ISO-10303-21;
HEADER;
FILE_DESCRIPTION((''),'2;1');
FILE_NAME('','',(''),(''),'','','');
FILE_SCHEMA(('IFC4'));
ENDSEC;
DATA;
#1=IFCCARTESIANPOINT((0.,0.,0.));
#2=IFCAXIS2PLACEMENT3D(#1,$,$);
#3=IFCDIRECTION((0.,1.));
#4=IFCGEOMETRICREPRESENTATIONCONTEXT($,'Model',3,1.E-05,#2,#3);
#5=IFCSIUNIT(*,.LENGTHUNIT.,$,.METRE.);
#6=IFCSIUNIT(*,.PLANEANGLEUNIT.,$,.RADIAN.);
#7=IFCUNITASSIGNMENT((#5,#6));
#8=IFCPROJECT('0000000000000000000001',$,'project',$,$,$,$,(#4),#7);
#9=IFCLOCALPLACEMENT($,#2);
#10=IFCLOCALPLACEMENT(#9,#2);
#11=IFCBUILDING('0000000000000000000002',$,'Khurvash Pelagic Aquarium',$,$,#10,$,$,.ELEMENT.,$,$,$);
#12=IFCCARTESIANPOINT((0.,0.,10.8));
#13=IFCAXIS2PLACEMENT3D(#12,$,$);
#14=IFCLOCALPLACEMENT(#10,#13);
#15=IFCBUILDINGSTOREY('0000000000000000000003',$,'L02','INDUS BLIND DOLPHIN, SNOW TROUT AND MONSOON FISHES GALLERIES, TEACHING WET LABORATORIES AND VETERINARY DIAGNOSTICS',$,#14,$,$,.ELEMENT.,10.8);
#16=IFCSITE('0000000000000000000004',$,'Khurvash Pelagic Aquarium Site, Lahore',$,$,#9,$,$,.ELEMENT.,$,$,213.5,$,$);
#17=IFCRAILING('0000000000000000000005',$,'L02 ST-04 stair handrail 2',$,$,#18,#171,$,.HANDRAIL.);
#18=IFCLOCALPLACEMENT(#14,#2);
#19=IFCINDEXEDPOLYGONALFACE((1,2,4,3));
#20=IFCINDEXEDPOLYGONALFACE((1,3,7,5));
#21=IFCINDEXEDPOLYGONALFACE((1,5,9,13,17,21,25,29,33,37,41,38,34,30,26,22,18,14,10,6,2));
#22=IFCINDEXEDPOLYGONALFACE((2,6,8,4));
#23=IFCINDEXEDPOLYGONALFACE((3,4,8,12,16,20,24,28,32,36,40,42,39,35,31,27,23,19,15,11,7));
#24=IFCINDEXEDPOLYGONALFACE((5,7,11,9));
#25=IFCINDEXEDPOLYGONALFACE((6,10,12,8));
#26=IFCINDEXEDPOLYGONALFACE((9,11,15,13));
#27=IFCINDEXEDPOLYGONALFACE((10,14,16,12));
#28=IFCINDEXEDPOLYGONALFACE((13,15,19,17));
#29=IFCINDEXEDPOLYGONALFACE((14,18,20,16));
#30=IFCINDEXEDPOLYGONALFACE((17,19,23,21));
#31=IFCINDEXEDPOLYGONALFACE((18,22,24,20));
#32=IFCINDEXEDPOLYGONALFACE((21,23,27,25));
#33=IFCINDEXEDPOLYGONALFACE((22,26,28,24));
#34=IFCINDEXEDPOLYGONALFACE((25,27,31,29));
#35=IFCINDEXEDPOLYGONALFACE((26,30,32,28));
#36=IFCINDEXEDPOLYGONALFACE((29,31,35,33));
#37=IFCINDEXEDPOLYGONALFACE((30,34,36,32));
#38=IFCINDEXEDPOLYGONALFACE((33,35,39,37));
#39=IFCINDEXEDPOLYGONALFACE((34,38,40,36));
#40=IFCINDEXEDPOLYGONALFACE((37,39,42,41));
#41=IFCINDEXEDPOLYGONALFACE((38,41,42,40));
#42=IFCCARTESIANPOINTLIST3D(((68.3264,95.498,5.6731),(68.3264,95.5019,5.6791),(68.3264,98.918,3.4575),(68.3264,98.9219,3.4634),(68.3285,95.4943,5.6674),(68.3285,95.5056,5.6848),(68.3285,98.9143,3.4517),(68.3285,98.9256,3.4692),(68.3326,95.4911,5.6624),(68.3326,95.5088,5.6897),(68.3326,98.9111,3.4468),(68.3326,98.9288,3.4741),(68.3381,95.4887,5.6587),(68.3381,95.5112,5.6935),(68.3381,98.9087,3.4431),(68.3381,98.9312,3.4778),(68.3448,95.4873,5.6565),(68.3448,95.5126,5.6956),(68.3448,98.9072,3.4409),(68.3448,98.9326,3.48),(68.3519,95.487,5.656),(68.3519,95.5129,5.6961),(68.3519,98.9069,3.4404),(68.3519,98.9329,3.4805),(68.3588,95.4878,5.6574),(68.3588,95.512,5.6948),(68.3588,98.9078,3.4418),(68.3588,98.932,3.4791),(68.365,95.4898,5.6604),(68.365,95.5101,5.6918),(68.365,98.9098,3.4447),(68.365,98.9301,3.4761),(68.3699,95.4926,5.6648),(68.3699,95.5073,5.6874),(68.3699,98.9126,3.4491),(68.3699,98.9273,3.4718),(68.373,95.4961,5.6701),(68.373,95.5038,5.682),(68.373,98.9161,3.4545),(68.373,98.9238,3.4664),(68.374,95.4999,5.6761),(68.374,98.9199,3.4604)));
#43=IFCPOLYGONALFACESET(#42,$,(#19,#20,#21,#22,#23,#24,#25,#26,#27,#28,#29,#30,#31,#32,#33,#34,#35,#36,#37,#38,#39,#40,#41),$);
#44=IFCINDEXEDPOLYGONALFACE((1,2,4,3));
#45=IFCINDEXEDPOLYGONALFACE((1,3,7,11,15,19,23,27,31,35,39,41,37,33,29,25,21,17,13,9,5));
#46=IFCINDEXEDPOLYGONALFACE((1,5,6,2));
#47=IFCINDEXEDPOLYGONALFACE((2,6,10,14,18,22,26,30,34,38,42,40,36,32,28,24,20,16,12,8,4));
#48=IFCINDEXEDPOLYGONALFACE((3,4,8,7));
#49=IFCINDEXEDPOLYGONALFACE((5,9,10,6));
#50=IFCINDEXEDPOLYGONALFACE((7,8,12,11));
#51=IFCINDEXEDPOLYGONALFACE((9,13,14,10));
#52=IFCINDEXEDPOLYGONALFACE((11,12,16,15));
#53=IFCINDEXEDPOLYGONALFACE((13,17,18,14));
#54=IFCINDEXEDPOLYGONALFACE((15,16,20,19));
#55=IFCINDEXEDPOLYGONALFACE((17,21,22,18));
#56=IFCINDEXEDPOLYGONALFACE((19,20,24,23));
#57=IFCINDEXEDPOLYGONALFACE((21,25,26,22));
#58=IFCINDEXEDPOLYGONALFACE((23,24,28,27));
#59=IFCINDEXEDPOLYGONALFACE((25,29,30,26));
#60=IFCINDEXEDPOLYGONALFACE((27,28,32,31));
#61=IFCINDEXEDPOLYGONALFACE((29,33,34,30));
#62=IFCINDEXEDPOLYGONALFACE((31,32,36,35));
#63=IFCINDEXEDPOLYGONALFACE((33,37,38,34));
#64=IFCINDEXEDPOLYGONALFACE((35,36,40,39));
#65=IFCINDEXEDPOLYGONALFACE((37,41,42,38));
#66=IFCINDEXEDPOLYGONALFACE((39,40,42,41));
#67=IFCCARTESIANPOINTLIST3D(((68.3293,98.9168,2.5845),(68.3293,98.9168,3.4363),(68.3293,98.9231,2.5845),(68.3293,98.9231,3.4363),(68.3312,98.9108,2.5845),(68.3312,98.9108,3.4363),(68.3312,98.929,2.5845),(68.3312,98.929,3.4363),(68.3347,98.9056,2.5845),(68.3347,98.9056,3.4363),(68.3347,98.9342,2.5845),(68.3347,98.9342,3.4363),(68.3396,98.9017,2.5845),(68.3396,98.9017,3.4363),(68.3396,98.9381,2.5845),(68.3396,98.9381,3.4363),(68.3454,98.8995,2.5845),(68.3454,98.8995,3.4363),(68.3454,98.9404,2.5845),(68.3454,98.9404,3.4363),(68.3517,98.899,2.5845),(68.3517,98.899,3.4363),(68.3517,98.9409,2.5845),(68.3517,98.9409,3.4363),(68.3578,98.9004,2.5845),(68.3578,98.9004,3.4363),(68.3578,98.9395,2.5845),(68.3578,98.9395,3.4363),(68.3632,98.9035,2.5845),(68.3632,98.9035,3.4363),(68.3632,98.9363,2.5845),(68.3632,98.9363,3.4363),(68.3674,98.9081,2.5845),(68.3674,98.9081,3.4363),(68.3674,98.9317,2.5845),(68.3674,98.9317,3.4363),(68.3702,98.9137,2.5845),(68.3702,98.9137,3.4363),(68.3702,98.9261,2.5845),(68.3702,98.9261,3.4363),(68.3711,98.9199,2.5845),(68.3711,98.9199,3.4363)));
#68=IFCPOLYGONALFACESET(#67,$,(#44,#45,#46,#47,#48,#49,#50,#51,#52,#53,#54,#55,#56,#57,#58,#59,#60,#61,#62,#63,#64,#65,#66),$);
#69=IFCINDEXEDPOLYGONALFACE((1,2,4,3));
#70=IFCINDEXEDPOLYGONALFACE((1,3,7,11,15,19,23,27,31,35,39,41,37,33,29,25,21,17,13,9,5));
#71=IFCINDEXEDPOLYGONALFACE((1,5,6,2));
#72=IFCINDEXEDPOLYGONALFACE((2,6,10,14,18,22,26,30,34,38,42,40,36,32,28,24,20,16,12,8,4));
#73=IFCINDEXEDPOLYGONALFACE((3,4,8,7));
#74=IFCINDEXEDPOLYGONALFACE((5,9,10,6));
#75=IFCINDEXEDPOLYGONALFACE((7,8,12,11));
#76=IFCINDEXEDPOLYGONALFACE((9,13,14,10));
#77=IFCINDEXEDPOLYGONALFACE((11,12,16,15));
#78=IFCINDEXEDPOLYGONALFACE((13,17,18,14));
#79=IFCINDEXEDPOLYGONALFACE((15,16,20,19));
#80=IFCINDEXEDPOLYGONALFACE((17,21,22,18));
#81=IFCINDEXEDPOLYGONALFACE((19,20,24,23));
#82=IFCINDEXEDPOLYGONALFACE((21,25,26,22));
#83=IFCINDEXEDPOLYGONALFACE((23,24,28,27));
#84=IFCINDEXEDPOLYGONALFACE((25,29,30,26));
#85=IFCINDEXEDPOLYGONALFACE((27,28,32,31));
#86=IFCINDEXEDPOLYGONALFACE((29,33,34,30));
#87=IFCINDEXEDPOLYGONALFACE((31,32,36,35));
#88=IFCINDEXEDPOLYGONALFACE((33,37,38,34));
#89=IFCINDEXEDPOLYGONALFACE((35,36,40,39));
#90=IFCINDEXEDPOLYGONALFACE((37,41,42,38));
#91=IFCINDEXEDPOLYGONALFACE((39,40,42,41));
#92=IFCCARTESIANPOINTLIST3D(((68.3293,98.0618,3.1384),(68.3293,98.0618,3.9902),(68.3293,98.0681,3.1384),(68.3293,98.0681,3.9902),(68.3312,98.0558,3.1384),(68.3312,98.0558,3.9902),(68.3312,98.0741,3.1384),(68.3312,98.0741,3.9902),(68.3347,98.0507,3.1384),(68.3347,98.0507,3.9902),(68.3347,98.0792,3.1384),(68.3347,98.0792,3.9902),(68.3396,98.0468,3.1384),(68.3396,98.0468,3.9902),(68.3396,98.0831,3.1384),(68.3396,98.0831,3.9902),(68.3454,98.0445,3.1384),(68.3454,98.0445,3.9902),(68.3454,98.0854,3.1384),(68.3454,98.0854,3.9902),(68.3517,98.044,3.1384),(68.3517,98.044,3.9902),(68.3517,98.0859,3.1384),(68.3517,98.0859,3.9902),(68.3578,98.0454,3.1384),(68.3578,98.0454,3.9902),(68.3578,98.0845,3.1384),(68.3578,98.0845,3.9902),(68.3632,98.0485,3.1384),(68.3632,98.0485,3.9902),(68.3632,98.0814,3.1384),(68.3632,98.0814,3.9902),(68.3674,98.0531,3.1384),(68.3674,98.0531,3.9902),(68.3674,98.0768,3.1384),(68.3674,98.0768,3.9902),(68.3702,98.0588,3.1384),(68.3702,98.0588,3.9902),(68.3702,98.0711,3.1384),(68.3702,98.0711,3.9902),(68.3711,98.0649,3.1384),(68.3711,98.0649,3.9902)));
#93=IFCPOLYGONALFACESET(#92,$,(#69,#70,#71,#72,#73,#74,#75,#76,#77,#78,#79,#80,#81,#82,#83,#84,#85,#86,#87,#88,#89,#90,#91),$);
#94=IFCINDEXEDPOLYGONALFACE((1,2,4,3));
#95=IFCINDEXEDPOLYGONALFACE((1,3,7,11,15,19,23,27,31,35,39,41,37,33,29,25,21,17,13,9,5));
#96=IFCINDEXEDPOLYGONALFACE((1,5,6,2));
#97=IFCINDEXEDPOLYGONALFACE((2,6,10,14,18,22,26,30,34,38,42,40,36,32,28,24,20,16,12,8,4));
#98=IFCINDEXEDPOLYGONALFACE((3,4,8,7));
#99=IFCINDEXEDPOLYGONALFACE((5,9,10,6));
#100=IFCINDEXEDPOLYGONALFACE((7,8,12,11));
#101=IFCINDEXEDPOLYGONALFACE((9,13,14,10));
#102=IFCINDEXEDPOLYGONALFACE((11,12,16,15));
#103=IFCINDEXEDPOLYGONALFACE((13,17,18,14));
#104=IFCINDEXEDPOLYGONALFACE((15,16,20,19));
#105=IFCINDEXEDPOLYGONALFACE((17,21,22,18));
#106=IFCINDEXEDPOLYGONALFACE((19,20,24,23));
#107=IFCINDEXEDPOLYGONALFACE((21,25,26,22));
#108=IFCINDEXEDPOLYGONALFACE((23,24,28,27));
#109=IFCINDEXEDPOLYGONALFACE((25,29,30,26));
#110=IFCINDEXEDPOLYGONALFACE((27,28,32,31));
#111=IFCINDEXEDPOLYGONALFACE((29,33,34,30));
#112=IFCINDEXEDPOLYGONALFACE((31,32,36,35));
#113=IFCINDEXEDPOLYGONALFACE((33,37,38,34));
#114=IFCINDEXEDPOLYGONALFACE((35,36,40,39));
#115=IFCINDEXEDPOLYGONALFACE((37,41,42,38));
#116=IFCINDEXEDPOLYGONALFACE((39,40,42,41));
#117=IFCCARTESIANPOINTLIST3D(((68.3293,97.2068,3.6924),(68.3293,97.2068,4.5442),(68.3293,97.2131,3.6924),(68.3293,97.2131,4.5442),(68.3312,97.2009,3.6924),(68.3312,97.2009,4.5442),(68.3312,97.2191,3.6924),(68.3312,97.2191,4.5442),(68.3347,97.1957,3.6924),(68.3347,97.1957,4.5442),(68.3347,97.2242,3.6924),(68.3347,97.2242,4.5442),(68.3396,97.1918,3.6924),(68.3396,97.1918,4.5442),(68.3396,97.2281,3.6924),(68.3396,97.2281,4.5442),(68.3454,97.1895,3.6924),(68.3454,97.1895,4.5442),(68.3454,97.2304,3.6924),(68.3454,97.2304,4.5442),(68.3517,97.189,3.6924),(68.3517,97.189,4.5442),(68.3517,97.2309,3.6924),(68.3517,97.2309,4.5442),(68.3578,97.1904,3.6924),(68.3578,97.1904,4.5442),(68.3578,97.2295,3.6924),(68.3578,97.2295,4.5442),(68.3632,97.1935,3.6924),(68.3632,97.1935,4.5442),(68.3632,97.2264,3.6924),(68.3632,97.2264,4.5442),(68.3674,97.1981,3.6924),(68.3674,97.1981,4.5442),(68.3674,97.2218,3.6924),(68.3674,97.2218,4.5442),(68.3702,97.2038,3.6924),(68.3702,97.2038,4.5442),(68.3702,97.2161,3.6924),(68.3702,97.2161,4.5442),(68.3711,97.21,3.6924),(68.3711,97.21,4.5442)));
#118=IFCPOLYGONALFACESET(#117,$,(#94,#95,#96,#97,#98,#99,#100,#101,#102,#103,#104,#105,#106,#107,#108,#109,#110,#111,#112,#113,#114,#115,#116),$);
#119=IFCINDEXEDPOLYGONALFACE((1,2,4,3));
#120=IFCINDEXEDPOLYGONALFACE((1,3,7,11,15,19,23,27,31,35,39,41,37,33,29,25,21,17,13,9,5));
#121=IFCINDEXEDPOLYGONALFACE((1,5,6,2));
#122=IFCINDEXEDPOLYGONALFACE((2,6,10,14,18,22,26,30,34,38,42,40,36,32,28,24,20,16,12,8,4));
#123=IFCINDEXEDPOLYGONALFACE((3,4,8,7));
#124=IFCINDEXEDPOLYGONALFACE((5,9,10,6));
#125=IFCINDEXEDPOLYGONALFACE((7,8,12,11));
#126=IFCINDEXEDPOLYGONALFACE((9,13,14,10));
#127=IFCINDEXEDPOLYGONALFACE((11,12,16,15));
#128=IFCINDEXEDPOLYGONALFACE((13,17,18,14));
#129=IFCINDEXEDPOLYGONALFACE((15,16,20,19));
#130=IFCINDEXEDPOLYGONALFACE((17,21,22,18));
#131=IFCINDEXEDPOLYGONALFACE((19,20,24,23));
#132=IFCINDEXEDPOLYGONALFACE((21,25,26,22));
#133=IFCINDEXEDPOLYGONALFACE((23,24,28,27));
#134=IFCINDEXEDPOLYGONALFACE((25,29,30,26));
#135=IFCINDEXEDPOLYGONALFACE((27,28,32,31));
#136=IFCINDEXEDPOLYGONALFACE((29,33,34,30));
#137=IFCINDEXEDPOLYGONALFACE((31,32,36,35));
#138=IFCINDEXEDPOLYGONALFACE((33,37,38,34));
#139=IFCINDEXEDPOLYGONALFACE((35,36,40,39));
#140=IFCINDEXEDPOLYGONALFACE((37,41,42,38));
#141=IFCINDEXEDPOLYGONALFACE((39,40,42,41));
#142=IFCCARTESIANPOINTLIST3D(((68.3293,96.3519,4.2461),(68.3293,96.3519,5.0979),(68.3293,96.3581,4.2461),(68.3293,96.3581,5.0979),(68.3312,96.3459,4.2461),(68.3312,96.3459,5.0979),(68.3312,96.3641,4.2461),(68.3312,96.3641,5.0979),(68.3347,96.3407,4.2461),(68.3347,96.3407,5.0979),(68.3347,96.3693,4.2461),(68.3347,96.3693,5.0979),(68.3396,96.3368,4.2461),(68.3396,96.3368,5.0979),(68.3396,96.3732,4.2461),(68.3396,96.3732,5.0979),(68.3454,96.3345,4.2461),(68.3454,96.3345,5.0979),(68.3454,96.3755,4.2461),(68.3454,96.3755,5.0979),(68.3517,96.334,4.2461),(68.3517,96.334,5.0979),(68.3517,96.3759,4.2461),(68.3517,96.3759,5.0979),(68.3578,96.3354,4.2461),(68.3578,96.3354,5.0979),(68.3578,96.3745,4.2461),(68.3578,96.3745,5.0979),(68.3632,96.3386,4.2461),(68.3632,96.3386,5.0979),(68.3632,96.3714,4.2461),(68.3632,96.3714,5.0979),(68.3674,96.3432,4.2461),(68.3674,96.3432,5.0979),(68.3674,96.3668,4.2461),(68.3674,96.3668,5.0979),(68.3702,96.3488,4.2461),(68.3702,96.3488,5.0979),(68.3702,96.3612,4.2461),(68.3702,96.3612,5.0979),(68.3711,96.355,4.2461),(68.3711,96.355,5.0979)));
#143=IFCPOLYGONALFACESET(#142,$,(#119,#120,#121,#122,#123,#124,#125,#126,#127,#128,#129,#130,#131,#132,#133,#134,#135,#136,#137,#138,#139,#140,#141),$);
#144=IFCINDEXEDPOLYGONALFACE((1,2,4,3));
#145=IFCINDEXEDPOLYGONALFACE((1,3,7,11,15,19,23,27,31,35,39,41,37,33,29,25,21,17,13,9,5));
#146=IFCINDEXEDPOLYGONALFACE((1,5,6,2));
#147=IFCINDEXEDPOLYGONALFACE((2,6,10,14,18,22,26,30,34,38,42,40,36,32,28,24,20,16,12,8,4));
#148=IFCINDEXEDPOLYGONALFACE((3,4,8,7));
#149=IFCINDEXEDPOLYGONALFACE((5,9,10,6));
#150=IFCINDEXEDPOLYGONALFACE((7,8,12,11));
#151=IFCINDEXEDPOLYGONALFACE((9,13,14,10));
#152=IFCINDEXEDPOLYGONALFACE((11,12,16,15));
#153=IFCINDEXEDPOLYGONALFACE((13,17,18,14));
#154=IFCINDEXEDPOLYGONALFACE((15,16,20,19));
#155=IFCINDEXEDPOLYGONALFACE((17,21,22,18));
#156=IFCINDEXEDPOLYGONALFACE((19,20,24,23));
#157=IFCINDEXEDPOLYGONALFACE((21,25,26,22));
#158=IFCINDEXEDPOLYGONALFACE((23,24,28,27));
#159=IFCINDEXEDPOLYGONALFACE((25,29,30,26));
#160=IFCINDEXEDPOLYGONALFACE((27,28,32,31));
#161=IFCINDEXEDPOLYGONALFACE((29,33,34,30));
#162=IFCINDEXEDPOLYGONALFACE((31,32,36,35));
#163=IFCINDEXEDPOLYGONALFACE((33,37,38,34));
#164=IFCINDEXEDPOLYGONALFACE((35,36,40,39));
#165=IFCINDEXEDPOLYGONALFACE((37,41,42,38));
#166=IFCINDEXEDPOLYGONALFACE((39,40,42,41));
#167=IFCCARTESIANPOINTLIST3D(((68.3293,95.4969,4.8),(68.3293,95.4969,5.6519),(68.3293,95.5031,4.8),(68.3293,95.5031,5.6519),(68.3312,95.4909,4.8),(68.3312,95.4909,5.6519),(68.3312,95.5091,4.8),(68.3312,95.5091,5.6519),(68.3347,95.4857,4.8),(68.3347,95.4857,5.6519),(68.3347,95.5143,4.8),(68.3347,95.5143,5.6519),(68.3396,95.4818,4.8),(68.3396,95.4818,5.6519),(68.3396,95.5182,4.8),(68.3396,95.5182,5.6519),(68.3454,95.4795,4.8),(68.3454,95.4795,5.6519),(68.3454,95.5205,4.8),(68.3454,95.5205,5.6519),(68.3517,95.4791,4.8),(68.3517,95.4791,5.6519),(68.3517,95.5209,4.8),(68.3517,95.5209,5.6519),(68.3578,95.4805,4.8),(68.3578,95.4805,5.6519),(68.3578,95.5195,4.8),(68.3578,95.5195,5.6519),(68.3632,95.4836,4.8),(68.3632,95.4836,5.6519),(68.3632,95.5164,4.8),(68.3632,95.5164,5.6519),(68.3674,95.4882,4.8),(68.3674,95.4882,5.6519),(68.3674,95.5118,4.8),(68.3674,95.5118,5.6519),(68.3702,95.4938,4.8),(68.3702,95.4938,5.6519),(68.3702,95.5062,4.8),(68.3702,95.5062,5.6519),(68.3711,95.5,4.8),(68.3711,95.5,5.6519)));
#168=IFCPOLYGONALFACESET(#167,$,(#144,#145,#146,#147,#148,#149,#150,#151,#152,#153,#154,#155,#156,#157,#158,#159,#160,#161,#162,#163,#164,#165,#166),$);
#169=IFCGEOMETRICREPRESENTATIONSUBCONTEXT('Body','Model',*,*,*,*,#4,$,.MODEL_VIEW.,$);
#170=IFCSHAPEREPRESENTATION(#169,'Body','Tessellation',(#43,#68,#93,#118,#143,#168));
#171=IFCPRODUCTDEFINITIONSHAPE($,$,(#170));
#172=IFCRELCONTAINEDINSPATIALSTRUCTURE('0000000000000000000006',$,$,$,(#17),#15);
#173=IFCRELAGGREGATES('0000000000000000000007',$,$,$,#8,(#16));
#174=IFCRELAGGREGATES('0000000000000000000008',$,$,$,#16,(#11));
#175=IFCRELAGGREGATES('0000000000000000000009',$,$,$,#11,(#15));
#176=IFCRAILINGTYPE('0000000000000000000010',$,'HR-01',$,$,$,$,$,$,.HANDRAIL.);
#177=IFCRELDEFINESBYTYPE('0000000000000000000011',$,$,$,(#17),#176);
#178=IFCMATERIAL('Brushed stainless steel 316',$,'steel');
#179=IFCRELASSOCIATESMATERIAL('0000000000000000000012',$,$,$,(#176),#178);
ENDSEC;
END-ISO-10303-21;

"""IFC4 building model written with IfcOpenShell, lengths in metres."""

from ifc_helpers import new_model, si_unit, direction, frame, origin, origin_2d, place, context, subcontext, project, spatial, circle, extrude, material, type_object, element, save


model = new_model("IFC4")

# Units and contexts
model_context = context("Model", 3, precision=1e-05, world=origin(), true_north=direction((0.0, 1.0)))
body_context = subcontext(model_context, "Body", "Model", "MODEL_VIEW")
ifc_project = project(units=[si_unit("LENGTHUNIT", "METRE"), si_unit("PLANEANGLEUNIT", "RADIAN")], contexts=[model_context])

# Site, building, storey
site_placement = place(None, origin())
site = spatial("IfcSite", under=ifc_project, at=site_placement, Name="Khurvash Pelagic Aquarium Site, Lahore", CompositionType="ELEMENT", RefElevation=213.5)
building_placement = place(site_placement, origin())
building = spatial("IfcBuilding", under=site, at=building_placement, Name="Khurvash Pelagic Aquarium", CompositionType="ELEMENT")
storey_placement = place(building_placement, frame((0.0, 0.0, 10.8)))
storey = spatial("IfcBuildingStorey", under=building, at=storey_placement, Name="L02", Description="INDUS BLIND DOLPHIN, SNOW TROUT AND MONSOON FISHES GALLERIES, TEACHING WET LABORATORIES AND VETERINARY DIAGNOSTICS", CompositionType="ELEMENT", Elevation=10.8)

# Railing
ifc_material_1 = material(Name="Brushed stainless steel 316", Category="steel")
railing_type_1 = type_object("IfcRailingType", Name="HR-01", PredefinedType="HANDRAIL", material=ifc_material_1)
railing_1_placement = place(storey_placement, frame((68.3501, 98.9199, 2.5845)))
element("IfcRailing", 1, at=railing_1_placement, inside=storey, type_object=railing_type_1, Name="L02 ST-04 stair handrail 2", PredefinedType="HANDRAIL", context=body_context, shape_type="SweptSolid", body=[
    extrude(circle(Radius=0.0239, at=origin_2d()), frame((0.0, 0.0, 0.876), z_axis=(0.0, -0.839269, 0.543716), x_axis=(1.0, 0.0, 0.0)), (0.0, 0.0, 1.0), 4.075),
    extrude(circle(Radius=0.021, at=origin_2d()), origin(), (0.0, 0.0, 1.0), 0.8518),
    extrude(circle(Radius=0.021, at=origin_2d()), frame((0.0, -0.855, 0.554)), (0.0, 0.0, 1.0), 0.8518),
    extrude(circle(Radius=0.021, at=origin_2d()), frame((0.0, -1.71, 1.1079)), (0.0, 0.0, 1.0), 0.8518),
    extrude(circle(Radius=0.021, at=origin_2d()), frame((0.0, -2.5649, 1.6616)), (0.0, 0.0, 1.0), 0.8518),
    extrude(circle(Radius=0.021, at=origin_2d()), frame((0.0, -3.4199, 2.2156)), (0.0, 0.0, 1.0), 0.8518),
])

save(model, "model.ifc")
